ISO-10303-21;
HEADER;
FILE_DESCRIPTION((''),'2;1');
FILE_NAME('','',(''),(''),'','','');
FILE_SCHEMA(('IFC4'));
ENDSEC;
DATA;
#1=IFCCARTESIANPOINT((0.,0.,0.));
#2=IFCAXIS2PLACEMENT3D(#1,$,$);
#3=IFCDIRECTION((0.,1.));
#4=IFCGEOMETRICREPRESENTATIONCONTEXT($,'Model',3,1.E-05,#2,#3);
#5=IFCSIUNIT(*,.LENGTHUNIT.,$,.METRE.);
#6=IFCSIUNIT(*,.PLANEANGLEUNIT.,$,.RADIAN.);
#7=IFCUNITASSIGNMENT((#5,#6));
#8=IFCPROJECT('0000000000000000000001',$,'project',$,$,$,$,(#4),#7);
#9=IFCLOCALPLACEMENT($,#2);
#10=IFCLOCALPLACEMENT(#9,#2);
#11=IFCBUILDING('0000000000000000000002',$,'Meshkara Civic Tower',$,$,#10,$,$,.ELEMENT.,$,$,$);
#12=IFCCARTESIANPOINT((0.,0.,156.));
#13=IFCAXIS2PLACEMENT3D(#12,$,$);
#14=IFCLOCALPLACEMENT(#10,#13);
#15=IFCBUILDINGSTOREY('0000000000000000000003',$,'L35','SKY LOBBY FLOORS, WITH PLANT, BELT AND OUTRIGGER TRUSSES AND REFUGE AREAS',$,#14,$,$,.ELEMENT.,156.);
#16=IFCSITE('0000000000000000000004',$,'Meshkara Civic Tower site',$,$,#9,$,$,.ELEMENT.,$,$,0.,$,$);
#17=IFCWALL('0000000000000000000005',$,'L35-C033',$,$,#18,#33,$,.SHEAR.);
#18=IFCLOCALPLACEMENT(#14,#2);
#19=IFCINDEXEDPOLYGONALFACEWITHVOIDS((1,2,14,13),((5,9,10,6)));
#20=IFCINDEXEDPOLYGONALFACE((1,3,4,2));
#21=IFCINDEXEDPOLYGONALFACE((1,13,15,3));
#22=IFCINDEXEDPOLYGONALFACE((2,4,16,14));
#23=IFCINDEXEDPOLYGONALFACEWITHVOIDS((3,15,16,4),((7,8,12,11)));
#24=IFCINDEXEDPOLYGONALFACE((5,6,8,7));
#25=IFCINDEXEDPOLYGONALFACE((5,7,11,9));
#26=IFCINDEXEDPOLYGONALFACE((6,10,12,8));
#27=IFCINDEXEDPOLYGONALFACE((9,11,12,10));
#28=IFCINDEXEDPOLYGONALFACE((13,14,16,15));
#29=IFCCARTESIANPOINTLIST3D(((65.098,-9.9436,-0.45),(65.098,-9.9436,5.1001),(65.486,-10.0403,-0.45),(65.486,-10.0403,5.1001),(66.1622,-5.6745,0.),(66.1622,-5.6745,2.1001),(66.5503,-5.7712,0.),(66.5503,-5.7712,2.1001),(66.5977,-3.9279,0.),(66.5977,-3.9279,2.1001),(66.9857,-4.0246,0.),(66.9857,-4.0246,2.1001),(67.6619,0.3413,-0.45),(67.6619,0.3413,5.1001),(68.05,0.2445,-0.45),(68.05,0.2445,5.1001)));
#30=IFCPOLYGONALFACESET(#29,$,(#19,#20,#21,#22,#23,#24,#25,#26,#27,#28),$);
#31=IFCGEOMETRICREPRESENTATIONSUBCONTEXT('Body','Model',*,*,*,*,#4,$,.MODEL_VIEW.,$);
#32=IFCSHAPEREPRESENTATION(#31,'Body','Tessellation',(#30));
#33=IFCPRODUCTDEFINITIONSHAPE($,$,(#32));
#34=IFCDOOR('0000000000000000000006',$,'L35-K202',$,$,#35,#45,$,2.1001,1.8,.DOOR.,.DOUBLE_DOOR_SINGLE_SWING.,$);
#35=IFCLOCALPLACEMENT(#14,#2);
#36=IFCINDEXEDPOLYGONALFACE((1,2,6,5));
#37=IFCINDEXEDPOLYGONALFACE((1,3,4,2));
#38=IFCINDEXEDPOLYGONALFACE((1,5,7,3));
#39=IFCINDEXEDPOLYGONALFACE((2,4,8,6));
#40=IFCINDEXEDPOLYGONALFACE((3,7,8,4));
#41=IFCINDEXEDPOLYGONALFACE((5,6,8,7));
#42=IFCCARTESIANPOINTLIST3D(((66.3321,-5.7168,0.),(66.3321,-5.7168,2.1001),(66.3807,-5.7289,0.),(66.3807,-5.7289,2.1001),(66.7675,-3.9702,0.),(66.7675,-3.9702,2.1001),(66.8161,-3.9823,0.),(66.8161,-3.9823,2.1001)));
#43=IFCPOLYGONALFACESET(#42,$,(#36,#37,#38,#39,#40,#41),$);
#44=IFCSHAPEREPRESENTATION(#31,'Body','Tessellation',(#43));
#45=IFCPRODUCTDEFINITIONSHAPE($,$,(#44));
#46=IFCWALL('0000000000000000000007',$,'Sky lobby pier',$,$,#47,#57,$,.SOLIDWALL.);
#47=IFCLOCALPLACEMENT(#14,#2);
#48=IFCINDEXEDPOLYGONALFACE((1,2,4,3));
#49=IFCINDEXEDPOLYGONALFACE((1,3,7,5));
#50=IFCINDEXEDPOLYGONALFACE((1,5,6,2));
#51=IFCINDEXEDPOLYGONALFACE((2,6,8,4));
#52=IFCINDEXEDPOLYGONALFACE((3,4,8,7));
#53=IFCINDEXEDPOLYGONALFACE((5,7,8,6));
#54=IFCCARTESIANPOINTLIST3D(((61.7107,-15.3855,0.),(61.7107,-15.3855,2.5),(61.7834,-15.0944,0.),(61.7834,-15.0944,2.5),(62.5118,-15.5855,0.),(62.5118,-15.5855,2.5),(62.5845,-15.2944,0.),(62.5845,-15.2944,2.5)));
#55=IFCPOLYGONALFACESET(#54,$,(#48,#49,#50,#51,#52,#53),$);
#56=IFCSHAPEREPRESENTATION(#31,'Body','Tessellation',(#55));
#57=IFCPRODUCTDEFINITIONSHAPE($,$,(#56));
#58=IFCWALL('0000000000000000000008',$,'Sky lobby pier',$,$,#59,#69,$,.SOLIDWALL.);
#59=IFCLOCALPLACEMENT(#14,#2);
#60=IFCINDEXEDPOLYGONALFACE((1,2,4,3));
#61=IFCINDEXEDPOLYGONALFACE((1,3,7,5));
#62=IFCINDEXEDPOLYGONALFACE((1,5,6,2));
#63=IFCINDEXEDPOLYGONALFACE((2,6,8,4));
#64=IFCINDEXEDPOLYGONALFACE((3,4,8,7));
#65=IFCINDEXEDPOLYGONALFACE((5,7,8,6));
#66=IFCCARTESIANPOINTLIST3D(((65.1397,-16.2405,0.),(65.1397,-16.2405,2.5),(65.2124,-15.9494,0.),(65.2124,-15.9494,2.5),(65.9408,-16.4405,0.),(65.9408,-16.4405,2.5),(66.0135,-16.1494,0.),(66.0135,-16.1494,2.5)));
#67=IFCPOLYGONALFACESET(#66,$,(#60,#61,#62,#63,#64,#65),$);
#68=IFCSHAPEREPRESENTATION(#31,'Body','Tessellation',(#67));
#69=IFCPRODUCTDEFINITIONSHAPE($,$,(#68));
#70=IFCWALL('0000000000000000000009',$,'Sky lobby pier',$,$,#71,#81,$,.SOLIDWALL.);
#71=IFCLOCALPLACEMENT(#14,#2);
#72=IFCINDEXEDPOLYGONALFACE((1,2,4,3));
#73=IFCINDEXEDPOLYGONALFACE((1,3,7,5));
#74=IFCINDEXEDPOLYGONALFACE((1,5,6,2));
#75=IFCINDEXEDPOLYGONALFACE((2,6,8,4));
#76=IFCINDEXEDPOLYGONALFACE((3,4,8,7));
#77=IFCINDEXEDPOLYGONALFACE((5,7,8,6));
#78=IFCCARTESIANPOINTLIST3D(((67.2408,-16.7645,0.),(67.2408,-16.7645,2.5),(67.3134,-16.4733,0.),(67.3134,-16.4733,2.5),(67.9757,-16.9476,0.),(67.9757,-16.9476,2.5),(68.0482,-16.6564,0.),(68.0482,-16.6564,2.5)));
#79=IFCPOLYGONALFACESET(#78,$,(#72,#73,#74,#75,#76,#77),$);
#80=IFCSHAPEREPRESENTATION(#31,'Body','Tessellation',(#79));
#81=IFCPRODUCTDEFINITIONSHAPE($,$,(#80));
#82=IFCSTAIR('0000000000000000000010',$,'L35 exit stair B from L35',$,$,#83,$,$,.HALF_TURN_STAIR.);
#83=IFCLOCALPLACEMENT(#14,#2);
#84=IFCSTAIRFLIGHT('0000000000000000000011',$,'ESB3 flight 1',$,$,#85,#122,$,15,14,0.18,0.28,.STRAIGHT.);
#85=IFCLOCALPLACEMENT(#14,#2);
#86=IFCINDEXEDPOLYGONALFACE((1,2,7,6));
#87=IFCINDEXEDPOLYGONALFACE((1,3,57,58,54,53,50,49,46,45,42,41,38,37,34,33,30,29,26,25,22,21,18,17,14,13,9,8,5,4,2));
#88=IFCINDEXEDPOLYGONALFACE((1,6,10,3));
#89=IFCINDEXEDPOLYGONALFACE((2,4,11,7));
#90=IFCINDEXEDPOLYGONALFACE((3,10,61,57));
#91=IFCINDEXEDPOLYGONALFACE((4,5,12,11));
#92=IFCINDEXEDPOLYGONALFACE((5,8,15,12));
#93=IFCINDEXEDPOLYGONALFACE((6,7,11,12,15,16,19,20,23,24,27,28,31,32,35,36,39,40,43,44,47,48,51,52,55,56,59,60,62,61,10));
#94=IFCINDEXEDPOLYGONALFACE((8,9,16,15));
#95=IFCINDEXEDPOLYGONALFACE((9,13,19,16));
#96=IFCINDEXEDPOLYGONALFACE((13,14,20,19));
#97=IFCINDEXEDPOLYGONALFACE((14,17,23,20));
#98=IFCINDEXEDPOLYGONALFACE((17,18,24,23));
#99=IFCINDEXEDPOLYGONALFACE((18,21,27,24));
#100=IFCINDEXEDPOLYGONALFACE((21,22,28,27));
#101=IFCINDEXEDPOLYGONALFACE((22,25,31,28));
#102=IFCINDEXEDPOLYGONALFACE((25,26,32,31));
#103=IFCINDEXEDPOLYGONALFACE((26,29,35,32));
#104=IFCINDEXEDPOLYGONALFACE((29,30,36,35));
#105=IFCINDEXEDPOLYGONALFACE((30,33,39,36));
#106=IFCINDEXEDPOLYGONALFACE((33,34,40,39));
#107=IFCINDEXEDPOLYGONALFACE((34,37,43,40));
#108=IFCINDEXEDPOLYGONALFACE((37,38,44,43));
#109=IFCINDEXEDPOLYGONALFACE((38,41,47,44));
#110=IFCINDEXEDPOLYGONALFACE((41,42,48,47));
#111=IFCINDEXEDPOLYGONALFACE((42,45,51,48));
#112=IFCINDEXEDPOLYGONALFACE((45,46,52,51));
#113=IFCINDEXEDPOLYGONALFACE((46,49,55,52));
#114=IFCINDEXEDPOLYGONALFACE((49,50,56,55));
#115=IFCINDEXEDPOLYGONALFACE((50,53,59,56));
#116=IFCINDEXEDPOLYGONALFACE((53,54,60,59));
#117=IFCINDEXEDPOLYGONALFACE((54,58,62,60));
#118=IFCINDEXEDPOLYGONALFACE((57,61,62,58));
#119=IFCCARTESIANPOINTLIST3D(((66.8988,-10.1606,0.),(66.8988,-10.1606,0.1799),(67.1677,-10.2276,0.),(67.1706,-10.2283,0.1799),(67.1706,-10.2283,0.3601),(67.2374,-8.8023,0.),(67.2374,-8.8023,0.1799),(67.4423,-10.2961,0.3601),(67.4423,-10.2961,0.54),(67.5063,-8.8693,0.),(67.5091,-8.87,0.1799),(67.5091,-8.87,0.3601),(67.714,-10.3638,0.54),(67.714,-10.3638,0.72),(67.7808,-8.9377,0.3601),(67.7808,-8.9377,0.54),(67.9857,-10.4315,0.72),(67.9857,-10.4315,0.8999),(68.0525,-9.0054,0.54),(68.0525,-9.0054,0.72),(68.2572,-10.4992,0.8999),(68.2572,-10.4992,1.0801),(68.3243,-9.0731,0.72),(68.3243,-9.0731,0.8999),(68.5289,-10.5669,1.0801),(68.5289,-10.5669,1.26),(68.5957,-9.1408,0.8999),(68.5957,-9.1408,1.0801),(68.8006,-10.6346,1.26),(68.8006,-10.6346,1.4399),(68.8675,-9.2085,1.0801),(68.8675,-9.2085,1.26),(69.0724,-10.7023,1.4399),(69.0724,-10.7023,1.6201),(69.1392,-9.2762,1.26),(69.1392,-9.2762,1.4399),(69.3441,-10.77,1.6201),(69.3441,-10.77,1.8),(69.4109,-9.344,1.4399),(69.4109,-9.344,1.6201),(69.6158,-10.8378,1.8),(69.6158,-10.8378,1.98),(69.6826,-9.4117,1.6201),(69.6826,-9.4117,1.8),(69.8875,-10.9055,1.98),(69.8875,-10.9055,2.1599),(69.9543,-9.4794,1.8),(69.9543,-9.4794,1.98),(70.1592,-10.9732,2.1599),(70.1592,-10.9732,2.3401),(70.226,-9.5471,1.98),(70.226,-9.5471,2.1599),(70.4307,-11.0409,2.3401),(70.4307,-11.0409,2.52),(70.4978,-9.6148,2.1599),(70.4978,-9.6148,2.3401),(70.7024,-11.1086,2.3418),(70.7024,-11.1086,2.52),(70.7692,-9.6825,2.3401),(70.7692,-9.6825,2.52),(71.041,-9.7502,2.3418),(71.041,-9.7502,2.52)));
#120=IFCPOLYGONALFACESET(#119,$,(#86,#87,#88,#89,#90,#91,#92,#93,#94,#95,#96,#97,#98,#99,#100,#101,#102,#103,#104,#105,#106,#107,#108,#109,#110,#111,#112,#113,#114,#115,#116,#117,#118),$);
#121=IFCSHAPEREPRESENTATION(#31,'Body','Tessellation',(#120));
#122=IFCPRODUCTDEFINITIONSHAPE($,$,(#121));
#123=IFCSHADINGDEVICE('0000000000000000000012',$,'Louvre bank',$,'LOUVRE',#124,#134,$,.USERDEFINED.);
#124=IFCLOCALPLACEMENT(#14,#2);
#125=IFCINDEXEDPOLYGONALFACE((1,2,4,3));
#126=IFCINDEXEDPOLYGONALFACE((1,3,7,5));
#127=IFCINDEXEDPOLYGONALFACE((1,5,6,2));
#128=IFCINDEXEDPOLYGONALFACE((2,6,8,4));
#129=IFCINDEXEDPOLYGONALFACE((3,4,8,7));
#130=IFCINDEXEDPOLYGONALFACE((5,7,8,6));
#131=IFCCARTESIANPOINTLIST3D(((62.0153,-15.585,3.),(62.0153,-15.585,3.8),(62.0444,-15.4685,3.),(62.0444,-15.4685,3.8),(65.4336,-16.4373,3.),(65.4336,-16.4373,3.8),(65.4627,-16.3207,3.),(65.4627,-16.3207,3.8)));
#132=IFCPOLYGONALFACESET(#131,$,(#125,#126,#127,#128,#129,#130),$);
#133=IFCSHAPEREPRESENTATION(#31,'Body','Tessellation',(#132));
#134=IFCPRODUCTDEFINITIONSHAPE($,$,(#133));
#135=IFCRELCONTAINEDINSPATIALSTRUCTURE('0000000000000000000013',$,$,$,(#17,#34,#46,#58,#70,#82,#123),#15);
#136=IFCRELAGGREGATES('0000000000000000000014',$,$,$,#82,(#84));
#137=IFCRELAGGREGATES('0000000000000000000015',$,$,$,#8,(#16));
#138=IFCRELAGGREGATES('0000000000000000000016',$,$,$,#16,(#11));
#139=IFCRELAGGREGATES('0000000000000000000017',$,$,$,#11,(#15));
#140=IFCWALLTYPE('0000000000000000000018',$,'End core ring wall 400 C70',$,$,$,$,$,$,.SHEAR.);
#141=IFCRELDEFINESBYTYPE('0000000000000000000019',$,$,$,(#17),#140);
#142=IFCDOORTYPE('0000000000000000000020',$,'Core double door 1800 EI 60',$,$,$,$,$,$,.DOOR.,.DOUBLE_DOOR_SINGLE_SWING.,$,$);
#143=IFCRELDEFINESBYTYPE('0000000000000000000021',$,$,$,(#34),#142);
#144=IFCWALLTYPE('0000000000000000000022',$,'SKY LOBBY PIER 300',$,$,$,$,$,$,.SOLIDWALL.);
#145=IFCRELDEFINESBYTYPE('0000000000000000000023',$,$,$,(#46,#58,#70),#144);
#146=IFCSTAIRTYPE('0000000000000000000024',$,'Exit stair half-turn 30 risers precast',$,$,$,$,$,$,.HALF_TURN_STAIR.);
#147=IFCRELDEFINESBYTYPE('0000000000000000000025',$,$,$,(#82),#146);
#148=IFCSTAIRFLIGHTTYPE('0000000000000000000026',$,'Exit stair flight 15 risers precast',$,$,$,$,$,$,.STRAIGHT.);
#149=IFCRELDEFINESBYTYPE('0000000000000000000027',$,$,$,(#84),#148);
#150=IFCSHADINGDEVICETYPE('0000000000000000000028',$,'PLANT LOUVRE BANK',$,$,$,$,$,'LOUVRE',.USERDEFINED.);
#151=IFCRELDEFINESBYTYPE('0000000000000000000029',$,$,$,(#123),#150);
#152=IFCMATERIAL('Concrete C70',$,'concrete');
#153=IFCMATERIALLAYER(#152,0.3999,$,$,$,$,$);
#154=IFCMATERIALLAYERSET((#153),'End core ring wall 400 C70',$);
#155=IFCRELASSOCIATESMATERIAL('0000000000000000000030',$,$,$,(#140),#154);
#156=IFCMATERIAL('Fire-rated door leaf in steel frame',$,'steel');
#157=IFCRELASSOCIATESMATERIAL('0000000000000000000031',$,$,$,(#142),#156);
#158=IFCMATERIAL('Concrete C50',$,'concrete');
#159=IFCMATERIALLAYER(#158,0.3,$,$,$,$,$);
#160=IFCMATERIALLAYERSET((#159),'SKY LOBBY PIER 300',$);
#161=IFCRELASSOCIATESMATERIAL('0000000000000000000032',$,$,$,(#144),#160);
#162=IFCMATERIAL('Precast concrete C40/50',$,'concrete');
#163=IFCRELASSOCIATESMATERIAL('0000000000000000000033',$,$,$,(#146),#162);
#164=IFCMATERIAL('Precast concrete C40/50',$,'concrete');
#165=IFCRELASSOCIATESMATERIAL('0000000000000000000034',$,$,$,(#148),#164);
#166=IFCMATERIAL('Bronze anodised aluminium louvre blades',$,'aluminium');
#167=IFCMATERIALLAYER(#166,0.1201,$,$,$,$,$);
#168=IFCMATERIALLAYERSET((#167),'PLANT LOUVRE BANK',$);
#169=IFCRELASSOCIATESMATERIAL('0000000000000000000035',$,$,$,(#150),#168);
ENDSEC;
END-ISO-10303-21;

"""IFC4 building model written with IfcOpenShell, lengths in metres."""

from ifc_helpers import new_model, si_unit, direction, frame, frame_2d, origin, origin_2d, place, context, subcontext, project, spatial, polyline, rectangle, outline, extrude, material, layer, layer_set, type_object, element, fill, aggregate, save


model = new_model("IFC4")

# Units and contexts
model_context = context("Model", 3, precision=1e-05, world=origin(), true_north=direction((0.0, 1.0)))
body_context = subcontext(model_context, "Body", "Model", "MODEL_VIEW")
ifc_project = project(units=[si_unit("LENGTHUNIT", "METRE"), si_unit("PLANEANGLEUNIT", "RADIAN")], contexts=[model_context])

# Site, building, storey
site_placement = place(None, origin())
site = spatial("IfcSite", under=ifc_project, at=site_placement, Name="Meshkara Civic Tower site", CompositionType="ELEMENT", RefElevation=0.0)
building_placement = place(site_placement, origin())
building = spatial("IfcBuilding", under=site, at=building_placement, Name="Meshkara Civic Tower", CompositionType="ELEMENT")
storey_placement = place(building_placement, frame((0.0, 0.0, 156.0)))
storey = spatial("IfcBuildingStorey", under=building, at=storey_placement, Name="L35", Description="SKY LOBBY FLOORS, WITH PLANT, BELT AND OUTRIGGER TRUSSES AND REFUGE AREAS", CompositionType="ELEMENT", Elevation=156.0)

# Shared definitions
ifc_material_1 = material(Name="Concrete C70", Category="concrete")
ifc_layer_1 = layer(ifc_material_1, 0.3999)
ifc_layer_set_1 = layer_set([ifc_layer_1], Name="End core ring wall 400 C70")
wall_type_1 = type_object("IfcWallType", Name="End core ring wall 400 C70", PredefinedType="SHEAR", material=ifc_layer_set_1)

# Wall, opening, door
wall_1_placement = place(storey_placement, frame((65.292, -9.9919, -0.45), z_axis=(0.0, 0.0, 1.0), x_axis=(0.241891, 0.970304, 0.0)))
wall_1 = element("IfcWall", 1, at=wall_1_placement, inside=storey, type_object=wall_type_1, Name="L35-C033", PredefinedType="SHEAR", context=body_context, shape_type="SweptSolid", body=[
    extrude(rectangle(XDim=10.5996, YDim=0.3999, at=frame_2d((5.2998, 0.0))), origin(), (0.0, 0.0, 1.0), 5.55),
])
opening_placement = place(wall_1_placement, frame((4.3999, 0.0, 0.45)))
opening = element("IfcOpeningElement", 2, at=opening_placement, cuts=wall_1, PredefinedType="OPENING", context=body_context, shape_type="SweptSolid", body=[
    extrude(rectangle(XDim=1.8, YDim=2.1001, at=frame_2d((0.8999, 1.05))), frame((0.0, 0.21, 0.0), z_axis=(0.0, -1.0, 0.0), x_axis=(1.0, 0.0, 0.0)), (0.0, 0.0, 1.0), 0.4199),
])
ifc_material_2 = material(Name="Fire-rated door leaf in steel frame", Category="steel")
door_type = type_object("IfcDoorType", Name="Core double door 1800 EI 60", OperationType="DOUBLE_DOOR_SINGLE_SWING", PredefinedType="DOOR", material=ifc_material_2)
door_placement = place(opening_placement, origin())
door = element("IfcDoor", 3, at=door_placement, inside=storey, type_object=door_type, Name="L35-K202", OperationType="DOUBLE_DOOR_SINGLE_SWING", OverallHeight=2.1001, OverallWidth=1.8, PredefinedType="DOOR", context=body_context, shape_type="SweptSolid", body=[
    extrude(rectangle(XDim=1.8, YDim=2.1001, at=frame_2d((0.8999, 1.05))), frame((0.0, 0.0249, 0.0), z_axis=(0.0, -1.0, 0.0), x_axis=(1.0, 0.0, 0.0)), (0.0, 0.0, 1.0), 0.05),
])
fill(opening, door)

# Walls
ifc_material_3 = material(Name="Concrete C50", Category="concrete")
ifc_layer_2 = layer(ifc_material_3, 0.3)
ifc_layer_set_2 = layer_set([ifc_layer_2], Name="SKY LOBBY PIER 300")
wall_type_2 = type_object("IfcWallType", Name="SKY LOBBY PIER 300", PredefinedType="SOLIDWALL", material=ifc_layer_set_2)
for number, where, z_axis, x_axis, name in (
    (4, (61.7471, -15.24, 0.0), (0.0, 0.0, 1.0), (0.970229, -0.242188, 0.0), "Sky lobby pier"),
    (5, (65.176, -16.095, 0.0), (0.0, 0.0, 1.0), (0.970229, -0.242188, 0.0), "Sky lobby pier"),
):
    element("IfcWall", number, at=place(storey_placement, frame(where, z_axis=z_axis, x_axis=x_axis)), inside=storey, type_object=wall_type_2, Name=name, PredefinedType="SOLIDWALL", context=body_context, shape_type="SweptSolid", body=[
        extrude(rectangle(XDim=0.8257, YDim=0.3, at=frame_2d((0.4128, 0.0))), origin(), (0.0, 0.0, 1.0), 2.5),
    ])
wall_2_placement = place(storey_placement, frame((67.2771, -16.6189, 0.0), z_axis=(0.0, 0.0, 1.0), x_axis=(0.970332, -0.241777, 0.0)))
element("IfcWall", 6, at=wall_2_placement, inside=storey, type_object=wall_type_2, Name="Sky lobby pier", PredefinedType="SOLIDWALL", context=body_context, shape_type="SweptSolid", body=[
    extrude(rectangle(XDim=0.7573, YDim=0.3, at=frame_2d((0.3787, 0.0))), origin(), (0.0, 0.0, 1.0), 2.5),
])

# Stair, stair flight
ifc_material_4 = material(Name="Precast concrete C40/50", Category="concrete")
stair_type = type_object("IfcStairType", Name="Exit stair half-turn 30 risers precast", PredefinedType="HALF_TURN_STAIR", material=ifc_material_4)
stair_placement = place(storey_placement, origin())
stair = element("IfcStair", 7, at=stair_placement, inside=storey, type_object=stair_type, Name="L35 exit stair B from L35", PredefinedType="HALF_TURN_STAIR")
ifc_material_5 = material(Name="Precast concrete C40/50", Category="concrete")
stair_flight_type = type_object("IfcStairFlightType", Name="Exit stair flight 15 risers precast", PredefinedType="STRAIGHT", material=ifc_material_5)
stair_flight_placement = place(storey_placement, frame((67.0681, -9.4814, 0.0), z_axis=(0.0, 0.0, 1.0), x_axis=(0.970319, -0.24183, 0.0)))
stair_flight = element("IfcStairFlight", 8, at=stair_flight_placement, type_object=stair_flight_type, Name="ESB3 flight 1", NumberOfRisers=15, NumberOfTreads=14, PredefinedType="STRAIGHT", RiserHeight=0.18, TreadLength=0.28, context=body_context, shape_type="SweptSolid", body=[
    extrude(outline(polyline([(0.0, 0.0), (0.0, 0.1799), (0.28, 0.1799), (0.28, 0.3601), (0.5601, 0.3601), (0.5601, 0.54), (0.8401, 0.54), (0.8401, 0.72), (1.1201, 0.72), (1.1201, 0.8999), (1.3999, 0.8999), (1.3999, 1.0801), (1.6799, 1.0801), (1.6799, 1.26), (1.96, 1.26), (1.96, 1.4399), (2.24, 1.4399), (2.24, 1.6201), (2.52, 1.6201), (2.52, 1.8), (2.8, 1.8), (2.8, 1.98), (3.0801, 1.98), (3.0801, 2.1599), (3.3601, 2.1599), (3.3601, 2.3401), (3.6399, 2.3401), (3.6399, 2.52), (3.9199, 2.52), (3.9199, 2.7), (3.9199, 2.3418), (0.2771, 0.0), (0.0, 0.0)])), frame((0.0, 0.7, 0.0), z_axis=(0.0, -1.0, 0.0), x_axis=(1.0, 0.0, 0.0)), (0.0, 0.0, 1.0), 1.3999),
])
aggregate(stair, [stair_flight])

# Shading device
ifc_material_6 = material(Name="Bronze anodised aluminium louvre blades", Category="aluminium")
ifc_layer_3 = layer(ifc_material_6, 0.1201)
ifc_layer_set_3 = layer_set([ifc_layer_3], Name="PLANT LOUVRE BANK")
shading_device_type = type_object("IfcShadingDeviceType", Name="PLANT LOUVRE BANK", ElementType="LOUVRE", PredefinedType="USERDEFINED", material=ifc_layer_set_3)
shading_device_placement = place(storey_placement, frame((63.739, -15.9529, 3.0), z_axis=(0.0, 0.0, 1.0), x_axis=(0.9703, -0.241905, 0.0)))
element("IfcShadingDevice", 9, at=shading_device_placement, inside=storey, type_object=shading_device_type, Name="Louvre bank", ObjectType="LOUVRE", PredefinedType="USERDEFINED", context=body_context, shape_type="SweptSolid", body=[
    extrude(rectangle(XDim=3.5229, YDim=0.1201, at=origin_2d()), origin(), (0.0, 0.0, 1.0), 0.8),
])

save(model, "model.ifc")
